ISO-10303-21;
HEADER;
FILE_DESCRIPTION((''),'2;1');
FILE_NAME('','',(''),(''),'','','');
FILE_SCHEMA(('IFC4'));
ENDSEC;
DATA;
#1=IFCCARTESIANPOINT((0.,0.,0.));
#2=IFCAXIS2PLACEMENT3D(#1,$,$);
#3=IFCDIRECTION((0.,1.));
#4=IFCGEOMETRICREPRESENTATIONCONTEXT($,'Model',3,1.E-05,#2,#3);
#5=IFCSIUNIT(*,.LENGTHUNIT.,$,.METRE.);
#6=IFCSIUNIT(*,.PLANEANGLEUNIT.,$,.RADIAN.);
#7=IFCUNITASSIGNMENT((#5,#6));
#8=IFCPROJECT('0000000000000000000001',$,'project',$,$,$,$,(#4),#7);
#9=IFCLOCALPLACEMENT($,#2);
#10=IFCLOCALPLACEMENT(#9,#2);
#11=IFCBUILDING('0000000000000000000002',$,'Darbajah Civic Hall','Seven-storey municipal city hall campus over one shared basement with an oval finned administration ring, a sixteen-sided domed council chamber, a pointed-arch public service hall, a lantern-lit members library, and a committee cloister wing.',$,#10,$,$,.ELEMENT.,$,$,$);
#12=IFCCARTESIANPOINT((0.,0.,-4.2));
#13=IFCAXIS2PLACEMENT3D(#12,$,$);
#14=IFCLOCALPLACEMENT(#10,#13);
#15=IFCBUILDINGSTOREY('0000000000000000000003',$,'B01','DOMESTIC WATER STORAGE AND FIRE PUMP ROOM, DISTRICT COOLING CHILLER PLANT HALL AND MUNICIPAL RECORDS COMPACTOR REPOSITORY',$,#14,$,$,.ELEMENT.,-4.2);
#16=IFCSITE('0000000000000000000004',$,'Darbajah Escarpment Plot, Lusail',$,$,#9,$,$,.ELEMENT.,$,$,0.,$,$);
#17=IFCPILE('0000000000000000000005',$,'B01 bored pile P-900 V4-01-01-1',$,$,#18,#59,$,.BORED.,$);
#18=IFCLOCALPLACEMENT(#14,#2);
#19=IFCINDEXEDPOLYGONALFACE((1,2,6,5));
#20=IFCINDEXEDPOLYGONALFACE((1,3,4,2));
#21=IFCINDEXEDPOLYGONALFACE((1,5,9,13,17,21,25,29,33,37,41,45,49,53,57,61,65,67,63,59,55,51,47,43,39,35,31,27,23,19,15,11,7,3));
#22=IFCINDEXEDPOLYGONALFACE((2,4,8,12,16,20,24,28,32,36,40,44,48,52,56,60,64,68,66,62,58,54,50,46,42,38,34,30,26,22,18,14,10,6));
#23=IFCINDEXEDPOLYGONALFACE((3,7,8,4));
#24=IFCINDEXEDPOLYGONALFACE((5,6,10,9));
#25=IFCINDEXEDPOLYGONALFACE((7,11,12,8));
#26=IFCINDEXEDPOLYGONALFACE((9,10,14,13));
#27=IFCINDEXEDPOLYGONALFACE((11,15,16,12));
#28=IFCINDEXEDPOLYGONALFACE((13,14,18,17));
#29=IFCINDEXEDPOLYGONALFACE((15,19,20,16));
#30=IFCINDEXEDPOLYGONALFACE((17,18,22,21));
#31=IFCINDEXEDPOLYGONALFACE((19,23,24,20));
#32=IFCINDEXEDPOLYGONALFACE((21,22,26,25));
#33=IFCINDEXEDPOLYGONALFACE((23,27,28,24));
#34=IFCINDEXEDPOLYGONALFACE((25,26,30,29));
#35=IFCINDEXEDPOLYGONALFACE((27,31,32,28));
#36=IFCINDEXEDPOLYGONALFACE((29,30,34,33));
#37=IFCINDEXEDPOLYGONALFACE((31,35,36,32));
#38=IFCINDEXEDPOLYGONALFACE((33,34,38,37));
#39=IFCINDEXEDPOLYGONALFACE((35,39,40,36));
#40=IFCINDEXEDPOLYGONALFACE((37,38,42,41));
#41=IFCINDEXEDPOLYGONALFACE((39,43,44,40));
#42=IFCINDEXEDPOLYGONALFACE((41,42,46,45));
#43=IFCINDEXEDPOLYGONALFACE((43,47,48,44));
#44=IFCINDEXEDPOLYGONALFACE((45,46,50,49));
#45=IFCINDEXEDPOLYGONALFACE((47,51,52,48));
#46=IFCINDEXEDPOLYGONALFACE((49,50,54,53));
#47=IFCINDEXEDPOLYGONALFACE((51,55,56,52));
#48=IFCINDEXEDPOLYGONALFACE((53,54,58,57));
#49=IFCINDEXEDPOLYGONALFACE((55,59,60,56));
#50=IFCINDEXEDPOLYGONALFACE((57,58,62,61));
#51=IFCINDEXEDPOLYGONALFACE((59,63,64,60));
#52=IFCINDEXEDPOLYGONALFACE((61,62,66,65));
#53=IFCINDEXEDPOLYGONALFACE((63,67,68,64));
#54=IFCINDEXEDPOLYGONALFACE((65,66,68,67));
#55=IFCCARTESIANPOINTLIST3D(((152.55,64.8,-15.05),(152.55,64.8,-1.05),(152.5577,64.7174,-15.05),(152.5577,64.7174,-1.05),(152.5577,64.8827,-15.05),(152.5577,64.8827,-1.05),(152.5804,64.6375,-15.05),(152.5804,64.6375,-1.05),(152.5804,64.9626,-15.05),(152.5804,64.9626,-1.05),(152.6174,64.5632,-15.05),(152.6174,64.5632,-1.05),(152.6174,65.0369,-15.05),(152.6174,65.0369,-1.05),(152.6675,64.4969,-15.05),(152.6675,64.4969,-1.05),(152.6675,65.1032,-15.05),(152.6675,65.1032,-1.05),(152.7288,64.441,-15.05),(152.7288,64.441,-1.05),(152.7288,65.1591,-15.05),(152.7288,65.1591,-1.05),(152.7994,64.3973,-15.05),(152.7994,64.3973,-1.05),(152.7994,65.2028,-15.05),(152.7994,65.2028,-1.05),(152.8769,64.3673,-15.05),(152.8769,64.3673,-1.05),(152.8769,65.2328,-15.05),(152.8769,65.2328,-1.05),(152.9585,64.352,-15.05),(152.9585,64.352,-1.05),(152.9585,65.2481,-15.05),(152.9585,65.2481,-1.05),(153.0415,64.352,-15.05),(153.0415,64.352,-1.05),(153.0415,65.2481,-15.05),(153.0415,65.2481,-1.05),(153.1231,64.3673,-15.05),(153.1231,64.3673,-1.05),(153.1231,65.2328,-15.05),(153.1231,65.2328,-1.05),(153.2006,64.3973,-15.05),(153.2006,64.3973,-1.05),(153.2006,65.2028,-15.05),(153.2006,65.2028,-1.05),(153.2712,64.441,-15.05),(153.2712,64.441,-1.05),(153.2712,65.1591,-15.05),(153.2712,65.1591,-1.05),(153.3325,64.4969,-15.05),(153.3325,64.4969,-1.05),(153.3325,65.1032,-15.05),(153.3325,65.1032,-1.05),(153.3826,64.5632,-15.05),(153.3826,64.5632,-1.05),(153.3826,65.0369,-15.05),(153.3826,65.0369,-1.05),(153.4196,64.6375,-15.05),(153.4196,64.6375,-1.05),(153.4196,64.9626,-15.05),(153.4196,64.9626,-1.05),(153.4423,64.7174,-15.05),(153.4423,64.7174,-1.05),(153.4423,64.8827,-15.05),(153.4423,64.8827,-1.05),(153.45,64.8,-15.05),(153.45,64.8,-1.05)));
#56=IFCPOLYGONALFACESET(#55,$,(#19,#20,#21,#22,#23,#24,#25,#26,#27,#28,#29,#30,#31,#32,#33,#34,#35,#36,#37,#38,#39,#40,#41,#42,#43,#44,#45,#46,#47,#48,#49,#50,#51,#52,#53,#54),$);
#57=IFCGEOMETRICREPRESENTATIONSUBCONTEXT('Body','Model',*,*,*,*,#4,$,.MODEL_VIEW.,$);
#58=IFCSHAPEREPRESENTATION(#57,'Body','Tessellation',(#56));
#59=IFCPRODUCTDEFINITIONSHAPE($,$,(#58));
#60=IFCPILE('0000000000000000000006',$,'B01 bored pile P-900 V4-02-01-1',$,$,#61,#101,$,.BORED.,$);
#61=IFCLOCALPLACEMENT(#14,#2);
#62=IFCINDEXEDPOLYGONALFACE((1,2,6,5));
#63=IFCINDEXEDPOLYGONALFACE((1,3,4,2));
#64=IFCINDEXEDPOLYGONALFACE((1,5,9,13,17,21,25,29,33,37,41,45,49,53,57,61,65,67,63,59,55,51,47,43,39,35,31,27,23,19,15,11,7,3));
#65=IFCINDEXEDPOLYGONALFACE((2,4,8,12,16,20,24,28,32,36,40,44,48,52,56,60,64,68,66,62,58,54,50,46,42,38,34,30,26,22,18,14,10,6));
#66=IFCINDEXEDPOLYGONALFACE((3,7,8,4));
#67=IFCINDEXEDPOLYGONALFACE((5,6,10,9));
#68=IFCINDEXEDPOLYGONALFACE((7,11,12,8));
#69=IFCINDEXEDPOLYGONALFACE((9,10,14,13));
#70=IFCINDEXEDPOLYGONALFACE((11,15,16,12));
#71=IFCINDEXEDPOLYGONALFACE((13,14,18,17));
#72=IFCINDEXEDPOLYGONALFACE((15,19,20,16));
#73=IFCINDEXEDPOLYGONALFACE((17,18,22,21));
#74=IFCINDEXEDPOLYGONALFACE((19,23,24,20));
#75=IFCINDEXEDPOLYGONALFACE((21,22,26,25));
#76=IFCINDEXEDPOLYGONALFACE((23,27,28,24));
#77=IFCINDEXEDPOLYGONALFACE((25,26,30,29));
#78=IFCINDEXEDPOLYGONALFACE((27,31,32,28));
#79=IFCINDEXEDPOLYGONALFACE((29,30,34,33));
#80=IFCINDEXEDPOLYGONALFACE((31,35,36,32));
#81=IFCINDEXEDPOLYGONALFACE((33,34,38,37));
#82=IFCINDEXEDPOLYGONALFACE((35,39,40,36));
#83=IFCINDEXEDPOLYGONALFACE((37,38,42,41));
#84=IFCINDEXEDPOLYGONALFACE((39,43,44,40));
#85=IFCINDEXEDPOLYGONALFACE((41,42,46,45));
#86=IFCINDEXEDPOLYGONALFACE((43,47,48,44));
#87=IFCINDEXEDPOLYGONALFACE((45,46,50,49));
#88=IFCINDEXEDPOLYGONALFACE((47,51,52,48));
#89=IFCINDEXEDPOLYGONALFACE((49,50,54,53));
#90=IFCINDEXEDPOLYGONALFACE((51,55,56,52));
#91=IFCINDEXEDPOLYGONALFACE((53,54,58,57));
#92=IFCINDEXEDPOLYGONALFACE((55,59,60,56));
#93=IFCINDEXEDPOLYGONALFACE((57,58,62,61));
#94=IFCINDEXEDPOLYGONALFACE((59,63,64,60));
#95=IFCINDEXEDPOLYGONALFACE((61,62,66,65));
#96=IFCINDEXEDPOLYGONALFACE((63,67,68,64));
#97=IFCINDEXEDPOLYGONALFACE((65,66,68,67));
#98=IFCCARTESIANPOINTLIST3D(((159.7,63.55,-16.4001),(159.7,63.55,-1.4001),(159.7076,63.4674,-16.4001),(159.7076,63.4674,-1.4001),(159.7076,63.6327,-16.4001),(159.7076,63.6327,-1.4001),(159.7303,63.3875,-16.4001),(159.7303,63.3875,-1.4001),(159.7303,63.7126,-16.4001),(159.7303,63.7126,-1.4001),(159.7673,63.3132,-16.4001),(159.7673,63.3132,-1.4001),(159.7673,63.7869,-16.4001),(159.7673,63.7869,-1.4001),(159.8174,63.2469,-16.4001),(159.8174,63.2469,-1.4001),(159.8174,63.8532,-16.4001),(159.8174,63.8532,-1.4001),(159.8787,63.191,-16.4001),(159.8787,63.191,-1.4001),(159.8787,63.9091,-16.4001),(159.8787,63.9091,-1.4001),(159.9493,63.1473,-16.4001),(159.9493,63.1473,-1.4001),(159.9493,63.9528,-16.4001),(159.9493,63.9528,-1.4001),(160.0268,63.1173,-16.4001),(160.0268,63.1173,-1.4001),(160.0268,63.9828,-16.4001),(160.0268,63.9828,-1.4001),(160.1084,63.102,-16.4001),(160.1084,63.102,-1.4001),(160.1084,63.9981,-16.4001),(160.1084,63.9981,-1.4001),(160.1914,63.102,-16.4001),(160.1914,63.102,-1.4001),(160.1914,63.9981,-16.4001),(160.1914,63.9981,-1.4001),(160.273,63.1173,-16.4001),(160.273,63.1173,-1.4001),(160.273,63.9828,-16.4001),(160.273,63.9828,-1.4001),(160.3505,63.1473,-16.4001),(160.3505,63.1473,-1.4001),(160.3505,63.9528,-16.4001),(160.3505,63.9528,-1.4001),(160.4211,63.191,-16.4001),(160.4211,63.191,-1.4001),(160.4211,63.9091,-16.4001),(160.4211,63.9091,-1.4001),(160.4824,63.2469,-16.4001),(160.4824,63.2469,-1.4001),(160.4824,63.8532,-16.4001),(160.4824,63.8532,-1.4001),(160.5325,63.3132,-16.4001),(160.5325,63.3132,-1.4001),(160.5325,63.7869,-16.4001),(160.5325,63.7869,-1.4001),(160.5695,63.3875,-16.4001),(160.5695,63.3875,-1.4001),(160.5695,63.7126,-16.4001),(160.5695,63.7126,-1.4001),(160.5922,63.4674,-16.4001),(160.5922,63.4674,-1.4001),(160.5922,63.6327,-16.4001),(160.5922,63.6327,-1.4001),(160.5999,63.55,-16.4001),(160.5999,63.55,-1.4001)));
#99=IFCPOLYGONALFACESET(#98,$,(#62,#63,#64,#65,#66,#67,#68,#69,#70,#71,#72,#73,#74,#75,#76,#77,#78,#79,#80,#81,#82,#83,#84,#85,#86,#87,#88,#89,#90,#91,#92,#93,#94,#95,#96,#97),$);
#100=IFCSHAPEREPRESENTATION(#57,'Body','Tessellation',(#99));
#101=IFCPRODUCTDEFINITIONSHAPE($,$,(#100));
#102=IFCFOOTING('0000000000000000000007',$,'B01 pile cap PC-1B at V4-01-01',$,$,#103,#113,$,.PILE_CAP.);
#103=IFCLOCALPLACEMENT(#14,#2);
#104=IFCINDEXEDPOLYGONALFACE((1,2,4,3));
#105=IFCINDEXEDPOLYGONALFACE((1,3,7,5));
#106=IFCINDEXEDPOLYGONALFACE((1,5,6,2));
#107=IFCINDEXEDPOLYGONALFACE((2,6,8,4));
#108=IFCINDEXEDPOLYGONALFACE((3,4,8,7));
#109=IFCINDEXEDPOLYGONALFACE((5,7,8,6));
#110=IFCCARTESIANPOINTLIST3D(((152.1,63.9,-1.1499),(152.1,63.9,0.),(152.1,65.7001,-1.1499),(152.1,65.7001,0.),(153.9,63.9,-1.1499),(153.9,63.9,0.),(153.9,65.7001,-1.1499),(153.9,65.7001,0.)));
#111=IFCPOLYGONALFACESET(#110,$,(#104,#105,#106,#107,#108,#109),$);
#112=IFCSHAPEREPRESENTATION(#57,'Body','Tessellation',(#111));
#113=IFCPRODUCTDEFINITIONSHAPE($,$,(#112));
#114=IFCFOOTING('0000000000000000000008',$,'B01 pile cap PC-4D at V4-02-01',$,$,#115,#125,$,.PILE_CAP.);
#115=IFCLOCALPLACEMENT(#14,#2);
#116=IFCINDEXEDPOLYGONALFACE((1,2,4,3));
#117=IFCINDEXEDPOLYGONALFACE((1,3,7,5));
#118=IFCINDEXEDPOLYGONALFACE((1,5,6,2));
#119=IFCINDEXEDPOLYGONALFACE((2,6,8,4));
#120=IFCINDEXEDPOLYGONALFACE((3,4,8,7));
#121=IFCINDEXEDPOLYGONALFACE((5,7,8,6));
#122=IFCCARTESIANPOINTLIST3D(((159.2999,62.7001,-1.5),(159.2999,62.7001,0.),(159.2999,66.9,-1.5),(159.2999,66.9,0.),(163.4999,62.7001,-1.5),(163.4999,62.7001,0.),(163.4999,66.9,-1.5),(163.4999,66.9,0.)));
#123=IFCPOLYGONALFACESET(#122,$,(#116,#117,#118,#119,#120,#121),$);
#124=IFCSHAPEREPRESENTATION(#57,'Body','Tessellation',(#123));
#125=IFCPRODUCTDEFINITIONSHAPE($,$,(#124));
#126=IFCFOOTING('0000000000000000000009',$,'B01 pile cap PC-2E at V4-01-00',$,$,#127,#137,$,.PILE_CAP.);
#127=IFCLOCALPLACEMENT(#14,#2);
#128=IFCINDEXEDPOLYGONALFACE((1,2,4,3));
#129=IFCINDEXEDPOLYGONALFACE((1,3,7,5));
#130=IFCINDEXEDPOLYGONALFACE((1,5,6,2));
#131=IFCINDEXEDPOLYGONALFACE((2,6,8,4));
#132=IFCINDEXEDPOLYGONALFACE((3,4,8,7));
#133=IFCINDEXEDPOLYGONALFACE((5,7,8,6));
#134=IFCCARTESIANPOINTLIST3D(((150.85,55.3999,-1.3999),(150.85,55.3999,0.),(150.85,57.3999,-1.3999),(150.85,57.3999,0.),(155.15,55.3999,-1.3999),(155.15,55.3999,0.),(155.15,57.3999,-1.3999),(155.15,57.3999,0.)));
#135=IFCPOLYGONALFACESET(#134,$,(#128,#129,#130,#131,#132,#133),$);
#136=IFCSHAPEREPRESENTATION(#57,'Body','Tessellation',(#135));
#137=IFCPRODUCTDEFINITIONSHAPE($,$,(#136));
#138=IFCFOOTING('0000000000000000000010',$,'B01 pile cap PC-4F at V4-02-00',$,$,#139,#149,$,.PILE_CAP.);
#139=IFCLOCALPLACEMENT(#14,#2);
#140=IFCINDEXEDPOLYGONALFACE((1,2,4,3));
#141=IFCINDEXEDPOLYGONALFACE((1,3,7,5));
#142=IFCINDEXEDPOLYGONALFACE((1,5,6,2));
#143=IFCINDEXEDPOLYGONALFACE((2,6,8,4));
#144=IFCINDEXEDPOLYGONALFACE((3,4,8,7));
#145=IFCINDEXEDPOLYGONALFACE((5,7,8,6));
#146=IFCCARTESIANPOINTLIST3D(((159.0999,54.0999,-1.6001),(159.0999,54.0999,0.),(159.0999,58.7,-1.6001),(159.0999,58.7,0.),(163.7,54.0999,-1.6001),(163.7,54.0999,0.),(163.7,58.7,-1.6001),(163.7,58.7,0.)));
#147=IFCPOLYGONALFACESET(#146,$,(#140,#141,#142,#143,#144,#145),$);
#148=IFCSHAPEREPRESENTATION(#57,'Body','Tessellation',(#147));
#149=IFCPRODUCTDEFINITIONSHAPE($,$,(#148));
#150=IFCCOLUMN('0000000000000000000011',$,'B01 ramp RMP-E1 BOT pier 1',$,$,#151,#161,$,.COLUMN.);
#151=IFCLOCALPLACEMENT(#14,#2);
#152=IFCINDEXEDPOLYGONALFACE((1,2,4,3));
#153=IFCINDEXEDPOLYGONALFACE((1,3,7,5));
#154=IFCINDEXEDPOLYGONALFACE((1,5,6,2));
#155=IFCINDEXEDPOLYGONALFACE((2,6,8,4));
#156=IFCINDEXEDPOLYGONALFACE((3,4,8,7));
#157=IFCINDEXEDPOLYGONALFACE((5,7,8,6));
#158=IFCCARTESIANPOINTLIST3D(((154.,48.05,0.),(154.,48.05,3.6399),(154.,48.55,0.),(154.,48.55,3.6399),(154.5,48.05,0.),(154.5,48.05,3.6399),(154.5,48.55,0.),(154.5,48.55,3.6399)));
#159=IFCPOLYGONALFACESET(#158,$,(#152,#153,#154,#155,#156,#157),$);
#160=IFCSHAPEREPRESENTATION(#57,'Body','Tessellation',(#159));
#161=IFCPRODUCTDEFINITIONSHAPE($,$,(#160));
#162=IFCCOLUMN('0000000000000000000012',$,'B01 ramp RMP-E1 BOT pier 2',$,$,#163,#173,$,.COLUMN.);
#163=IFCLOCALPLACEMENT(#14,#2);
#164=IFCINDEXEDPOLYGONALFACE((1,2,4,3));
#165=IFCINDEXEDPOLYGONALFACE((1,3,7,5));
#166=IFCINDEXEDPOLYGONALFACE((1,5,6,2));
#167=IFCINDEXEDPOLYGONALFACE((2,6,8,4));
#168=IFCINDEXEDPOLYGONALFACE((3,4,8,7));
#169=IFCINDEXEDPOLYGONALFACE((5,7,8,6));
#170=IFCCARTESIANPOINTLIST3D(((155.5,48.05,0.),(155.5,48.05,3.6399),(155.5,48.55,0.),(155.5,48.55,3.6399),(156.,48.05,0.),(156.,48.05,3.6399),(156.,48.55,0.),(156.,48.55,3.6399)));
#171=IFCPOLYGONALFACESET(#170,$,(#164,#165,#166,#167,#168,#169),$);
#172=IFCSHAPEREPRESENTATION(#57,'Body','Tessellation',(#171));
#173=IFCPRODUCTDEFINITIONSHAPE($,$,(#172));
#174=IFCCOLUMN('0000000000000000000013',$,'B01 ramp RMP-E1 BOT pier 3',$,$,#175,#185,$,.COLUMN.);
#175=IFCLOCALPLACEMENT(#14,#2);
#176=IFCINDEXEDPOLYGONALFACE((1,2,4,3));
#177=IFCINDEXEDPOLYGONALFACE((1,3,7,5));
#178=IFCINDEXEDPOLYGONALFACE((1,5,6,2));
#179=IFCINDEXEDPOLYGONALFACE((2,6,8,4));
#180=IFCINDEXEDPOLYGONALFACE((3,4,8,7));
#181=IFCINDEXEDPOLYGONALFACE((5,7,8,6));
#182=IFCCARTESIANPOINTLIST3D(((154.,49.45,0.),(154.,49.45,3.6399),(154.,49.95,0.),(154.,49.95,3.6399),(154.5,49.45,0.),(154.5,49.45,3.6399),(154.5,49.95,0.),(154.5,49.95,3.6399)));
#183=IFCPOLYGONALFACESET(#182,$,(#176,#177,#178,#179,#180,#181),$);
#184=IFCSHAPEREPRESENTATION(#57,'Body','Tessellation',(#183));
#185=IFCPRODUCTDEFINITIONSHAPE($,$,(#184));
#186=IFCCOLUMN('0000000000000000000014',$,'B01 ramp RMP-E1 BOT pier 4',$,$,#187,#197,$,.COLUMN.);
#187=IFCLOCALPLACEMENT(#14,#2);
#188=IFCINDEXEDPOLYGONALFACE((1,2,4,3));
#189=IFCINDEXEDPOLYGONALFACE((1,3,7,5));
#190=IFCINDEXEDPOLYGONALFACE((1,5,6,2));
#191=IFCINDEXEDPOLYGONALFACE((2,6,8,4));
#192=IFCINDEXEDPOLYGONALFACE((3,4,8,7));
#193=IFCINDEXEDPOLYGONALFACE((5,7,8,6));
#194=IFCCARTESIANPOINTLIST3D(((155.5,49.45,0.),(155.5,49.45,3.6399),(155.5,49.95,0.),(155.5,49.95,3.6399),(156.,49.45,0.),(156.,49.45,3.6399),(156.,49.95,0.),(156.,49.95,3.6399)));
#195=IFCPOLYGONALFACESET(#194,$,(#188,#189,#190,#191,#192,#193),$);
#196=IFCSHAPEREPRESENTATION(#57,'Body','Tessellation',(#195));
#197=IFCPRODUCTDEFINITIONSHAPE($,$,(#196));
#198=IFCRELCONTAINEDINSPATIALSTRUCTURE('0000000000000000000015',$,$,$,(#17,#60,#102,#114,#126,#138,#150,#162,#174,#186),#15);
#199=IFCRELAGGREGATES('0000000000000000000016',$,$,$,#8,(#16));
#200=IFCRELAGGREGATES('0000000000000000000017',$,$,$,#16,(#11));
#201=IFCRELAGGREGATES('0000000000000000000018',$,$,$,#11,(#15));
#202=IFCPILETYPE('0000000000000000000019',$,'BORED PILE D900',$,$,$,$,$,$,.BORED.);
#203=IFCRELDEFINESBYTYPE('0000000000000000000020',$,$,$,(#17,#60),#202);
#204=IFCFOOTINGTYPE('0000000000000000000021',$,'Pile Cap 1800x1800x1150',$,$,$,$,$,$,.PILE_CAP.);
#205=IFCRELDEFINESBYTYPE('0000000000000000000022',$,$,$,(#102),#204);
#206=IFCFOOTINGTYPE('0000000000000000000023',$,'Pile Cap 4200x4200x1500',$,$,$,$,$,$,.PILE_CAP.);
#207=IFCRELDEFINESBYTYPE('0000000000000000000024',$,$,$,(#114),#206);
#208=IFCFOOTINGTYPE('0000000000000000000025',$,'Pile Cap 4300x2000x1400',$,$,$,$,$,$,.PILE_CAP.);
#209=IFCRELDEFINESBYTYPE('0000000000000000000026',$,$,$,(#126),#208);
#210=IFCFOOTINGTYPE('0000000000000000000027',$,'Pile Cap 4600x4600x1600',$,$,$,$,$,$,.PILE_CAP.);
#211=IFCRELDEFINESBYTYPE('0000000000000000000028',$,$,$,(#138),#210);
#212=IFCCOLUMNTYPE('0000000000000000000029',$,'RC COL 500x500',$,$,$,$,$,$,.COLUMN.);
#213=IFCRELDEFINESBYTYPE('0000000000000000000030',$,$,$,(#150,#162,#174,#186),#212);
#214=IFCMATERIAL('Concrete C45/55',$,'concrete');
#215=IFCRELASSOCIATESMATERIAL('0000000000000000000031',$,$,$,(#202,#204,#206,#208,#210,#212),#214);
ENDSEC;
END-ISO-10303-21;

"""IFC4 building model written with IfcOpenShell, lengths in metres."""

from ifc_helpers import new_model, si_unit, direction, frame, origin, origin_2d, place, context, subcontext, project, spatial, rectangle, circle, extrude, material, material_profile, profile_set, type_object, element, save


model = new_model("IFC4")

# Units and contexts
model_context = context("Model", 3, precision=1e-05, world=origin(), true_north=direction((0.0, 1.0)))
body_context = subcontext(model_context, "Body", "Model", "MODEL_VIEW")
ifc_project = project(units=[si_unit("LENGTHUNIT", "METRE"), si_unit("PLANEANGLEUNIT", "RADIAN")], contexts=[model_context])

# Site, building, storey
site_placement = place(None, origin())
site = spatial("IfcSite", under=ifc_project, at=site_placement, Name="Darbajah Escarpment Plot, Lusail", CompositionType="ELEMENT", RefElevation=0.0)
building_placement = place(site_placement, origin())
building = spatial("IfcBuilding", under=site, at=building_placement, Name="Darbajah Civic Hall", Description="Seven-storey municipal city hall campus over one shared basement with an oval finned administration ring, a sixteen-sided domed council chamber, a pointed-arch public service hall, a lantern-lit members library, and a committee cloister wing.", CompositionType="ELEMENT")
storey_placement = place(building_placement, frame((0.0, 0.0, -4.2)))
storey = spatial("IfcBuildingStorey", under=building, at=storey_placement, Name="B01", Description="DOMESTIC WATER STORAGE AND FIRE PUMP ROOM, DISTRICT COOLING CHILLER PLANT HALL AND MUNICIPAL RECORDS COMPACTOR REPOSITORY", CompositionType="ELEMENT", Elevation=-4.2)

# Piles
ifc_material_1 = material(Name="Concrete C45/55", Category="concrete")
ifc_material_profile_1 = material_profile(ifc_material_1, circle(Radius=0.45, at=origin_2d()), Name="BORED PILE D900")
ifc_profile_set_1 = profile_set([ifc_material_profile_1], Name="Concrete C45/55")
pile_type_1 = type_object("IfcPileType", Name="BORED PILE D900", PredefinedType="BORED", material=ifc_profile_set_1)
pile_1_placement = place(storey_placement, frame((153.0, 64.8, -1.05), z_axis=(0.0, 0.0, -1.0), x_axis=(1.0, 0.0, 0.0)))
element("IfcPile", 1, at=pile_1_placement, inside=storey, type_object=pile_type_1, Name="B01 bored pile P-900 V4-01-01-1", PredefinedType="BORED", context=body_context, shape_type="SweptSolid", body=[
    extrude(circle(Radius=0.45, at=origin_2d()), origin(), (0.0, 0.0, 1.0), 14.0),
])
pile_2_placement = place(storey_placement, frame((160.1499, 63.55, -1.4001), z_axis=(0.0, 0.0, -1.0), x_axis=(1.0, 0.0, 0.0)))
element("IfcPile", 2, at=pile_2_placement, inside=storey, type_object=pile_type_1, Name="B01 bored pile P-900 V4-02-01-1", PredefinedType="BORED", context=body_context, shape_type="SweptSolid", body=[
    extrude(circle(Radius=0.45, at=origin_2d()), origin(), (0.0, 0.0, 1.0), 15.0),
])

# Footings
footing_type_1 = type_object("IfcFootingType", Name="Pile Cap 1800x1800x1150", PredefinedType="PILE_CAP", material=ifc_material_1)
footing_1_placement = place(storey_placement, frame((153.0, 64.8, -1.1499), z_axis=(0.0, 0.0, 1.0), x_axis=(1.0, 0.0, 0.0)))
element("IfcFooting", 3, at=footing_1_placement, inside=storey, type_object=footing_type_1, Name="B01 pile cap PC-1B at V4-01-01", PredefinedType="PILE_CAP", context=body_context, shape_type="SweptSolid", body=[
    extrude(rectangle(XDim=1.8, YDim=1.8, at=origin_2d()), origin(), (0.0, 0.0, 1.0), 1.1499),
])
footing_type_2 = type_object("IfcFootingType", Name="Pile Cap 4200x4200x1500", PredefinedType="PILE_CAP", material=ifc_material_1)
footing_2_placement = place(storey_placement, frame((161.3999, 64.8, -1.5), z_axis=(0.0, 0.0, 1.0), x_axis=(1.0, 0.0, 0.0)))
element("IfcFooting", 4, at=footing_2_placement, inside=storey, type_object=footing_type_2, Name="B01 pile cap PC-4D at V4-02-01", PredefinedType="PILE_CAP", context=body_context, shape_type="SweptSolid", body=[
    extrude(rectangle(XDim=4.2, YDim=4.2, at=origin_2d()), origin(), (0.0, 0.0, 1.0), 1.5),
])
footing_type_3 = type_object("IfcFootingType", Name="Pile Cap 4300x2000x1400", PredefinedType="PILE_CAP", material=ifc_material_1)
footing_3_placement = place(storey_placement, frame((153.0, 56.3999, -1.3999), z_axis=(0.0, 0.0, 1.0), x_axis=(1.0, 0.0, 0.0)))
element("IfcFooting", 5, at=footing_3_placement, inside=storey, type_object=footing_type_3, Name="B01 pile cap PC-2E at V4-01-00", PredefinedType="PILE_CAP", context=body_context, shape_type="SweptSolid", body=[
    extrude(rectangle(XDim=4.3, YDim=2.0, at=origin_2d()), origin(), (0.0, 0.0, 1.0), 1.3999),
])
footing_type_4 = type_object("IfcFootingType", Name="Pile Cap 4600x4600x1600", PredefinedType="PILE_CAP", material=ifc_material_1)
footing_4_placement = place(storey_placement, frame((161.3999, 56.3999, -1.6001), z_axis=(0.0, 0.0, 1.0), x_axis=(1.0, 0.0, 0.0)))
element("IfcFooting", 6, at=footing_4_placement, inside=storey, type_object=footing_type_4, Name="B01 pile cap PC-4F at V4-02-00", PredefinedType="PILE_CAP", context=body_context, shape_type="SweptSolid", body=[
    extrude(rectangle(XDim=4.6001, YDim=4.6001, at=origin_2d()), origin(), (0.0, 0.0, 1.0), 1.6001),
])

# Columns
ifc_material_profile_2 = material_profile(ifc_material_1, rectangle(XDim=0.5, YDim=0.5, at=origin_2d()), Name="RC COL 500x500")
ifc_profile_set_2 = profile_set([ifc_material_profile_2], Name="Concrete C45/55")
column_type_1 = type_object("IfcColumnType", Name="RC COL 500x500", PredefinedType="COLUMN", material=ifc_profile_set_2)
for number, where, z_axis, x_axis, name in (
    (7, (154.25, 48.3, 0.0), (0.0, 0.0, 1.0), (1.0, 0.0, 0.0), "B01 ramp RMP-E1 BOT pier 1"),
    (8, (155.75, 48.3, 0.0), (0.0, 0.0, 1.0), (1.0, 0.0, 0.0), "B01 ramp RMP-E1 BOT pier 2"),
    (9, (154.25, 49.7, 0.0), (0.0, 0.0, 1.0), (1.0, 0.0, 0.0), "B01 ramp RMP-E1 BOT pier 3"),
    (10, (155.75, 49.7, 0.0), (0.0, 0.0, 1.0), (1.0, 0.0, 0.0), "B01 ramp RMP-E1 BOT pier 4"),
):
    element("IfcColumn", number, at=place(storey_placement, frame(where, z_axis=z_axis, x_axis=x_axis)), inside=storey, type_object=column_type_1, Name=name, PredefinedType="COLUMN", context=body_context, shape_type="SweptSolid", body=[
        extrude(rectangle(XDim=0.5, YDim=0.5, at=origin_2d()), origin(), (0.0, 0.0, 1.0), 3.6399),
    ])

save(model, "model.ifc")
